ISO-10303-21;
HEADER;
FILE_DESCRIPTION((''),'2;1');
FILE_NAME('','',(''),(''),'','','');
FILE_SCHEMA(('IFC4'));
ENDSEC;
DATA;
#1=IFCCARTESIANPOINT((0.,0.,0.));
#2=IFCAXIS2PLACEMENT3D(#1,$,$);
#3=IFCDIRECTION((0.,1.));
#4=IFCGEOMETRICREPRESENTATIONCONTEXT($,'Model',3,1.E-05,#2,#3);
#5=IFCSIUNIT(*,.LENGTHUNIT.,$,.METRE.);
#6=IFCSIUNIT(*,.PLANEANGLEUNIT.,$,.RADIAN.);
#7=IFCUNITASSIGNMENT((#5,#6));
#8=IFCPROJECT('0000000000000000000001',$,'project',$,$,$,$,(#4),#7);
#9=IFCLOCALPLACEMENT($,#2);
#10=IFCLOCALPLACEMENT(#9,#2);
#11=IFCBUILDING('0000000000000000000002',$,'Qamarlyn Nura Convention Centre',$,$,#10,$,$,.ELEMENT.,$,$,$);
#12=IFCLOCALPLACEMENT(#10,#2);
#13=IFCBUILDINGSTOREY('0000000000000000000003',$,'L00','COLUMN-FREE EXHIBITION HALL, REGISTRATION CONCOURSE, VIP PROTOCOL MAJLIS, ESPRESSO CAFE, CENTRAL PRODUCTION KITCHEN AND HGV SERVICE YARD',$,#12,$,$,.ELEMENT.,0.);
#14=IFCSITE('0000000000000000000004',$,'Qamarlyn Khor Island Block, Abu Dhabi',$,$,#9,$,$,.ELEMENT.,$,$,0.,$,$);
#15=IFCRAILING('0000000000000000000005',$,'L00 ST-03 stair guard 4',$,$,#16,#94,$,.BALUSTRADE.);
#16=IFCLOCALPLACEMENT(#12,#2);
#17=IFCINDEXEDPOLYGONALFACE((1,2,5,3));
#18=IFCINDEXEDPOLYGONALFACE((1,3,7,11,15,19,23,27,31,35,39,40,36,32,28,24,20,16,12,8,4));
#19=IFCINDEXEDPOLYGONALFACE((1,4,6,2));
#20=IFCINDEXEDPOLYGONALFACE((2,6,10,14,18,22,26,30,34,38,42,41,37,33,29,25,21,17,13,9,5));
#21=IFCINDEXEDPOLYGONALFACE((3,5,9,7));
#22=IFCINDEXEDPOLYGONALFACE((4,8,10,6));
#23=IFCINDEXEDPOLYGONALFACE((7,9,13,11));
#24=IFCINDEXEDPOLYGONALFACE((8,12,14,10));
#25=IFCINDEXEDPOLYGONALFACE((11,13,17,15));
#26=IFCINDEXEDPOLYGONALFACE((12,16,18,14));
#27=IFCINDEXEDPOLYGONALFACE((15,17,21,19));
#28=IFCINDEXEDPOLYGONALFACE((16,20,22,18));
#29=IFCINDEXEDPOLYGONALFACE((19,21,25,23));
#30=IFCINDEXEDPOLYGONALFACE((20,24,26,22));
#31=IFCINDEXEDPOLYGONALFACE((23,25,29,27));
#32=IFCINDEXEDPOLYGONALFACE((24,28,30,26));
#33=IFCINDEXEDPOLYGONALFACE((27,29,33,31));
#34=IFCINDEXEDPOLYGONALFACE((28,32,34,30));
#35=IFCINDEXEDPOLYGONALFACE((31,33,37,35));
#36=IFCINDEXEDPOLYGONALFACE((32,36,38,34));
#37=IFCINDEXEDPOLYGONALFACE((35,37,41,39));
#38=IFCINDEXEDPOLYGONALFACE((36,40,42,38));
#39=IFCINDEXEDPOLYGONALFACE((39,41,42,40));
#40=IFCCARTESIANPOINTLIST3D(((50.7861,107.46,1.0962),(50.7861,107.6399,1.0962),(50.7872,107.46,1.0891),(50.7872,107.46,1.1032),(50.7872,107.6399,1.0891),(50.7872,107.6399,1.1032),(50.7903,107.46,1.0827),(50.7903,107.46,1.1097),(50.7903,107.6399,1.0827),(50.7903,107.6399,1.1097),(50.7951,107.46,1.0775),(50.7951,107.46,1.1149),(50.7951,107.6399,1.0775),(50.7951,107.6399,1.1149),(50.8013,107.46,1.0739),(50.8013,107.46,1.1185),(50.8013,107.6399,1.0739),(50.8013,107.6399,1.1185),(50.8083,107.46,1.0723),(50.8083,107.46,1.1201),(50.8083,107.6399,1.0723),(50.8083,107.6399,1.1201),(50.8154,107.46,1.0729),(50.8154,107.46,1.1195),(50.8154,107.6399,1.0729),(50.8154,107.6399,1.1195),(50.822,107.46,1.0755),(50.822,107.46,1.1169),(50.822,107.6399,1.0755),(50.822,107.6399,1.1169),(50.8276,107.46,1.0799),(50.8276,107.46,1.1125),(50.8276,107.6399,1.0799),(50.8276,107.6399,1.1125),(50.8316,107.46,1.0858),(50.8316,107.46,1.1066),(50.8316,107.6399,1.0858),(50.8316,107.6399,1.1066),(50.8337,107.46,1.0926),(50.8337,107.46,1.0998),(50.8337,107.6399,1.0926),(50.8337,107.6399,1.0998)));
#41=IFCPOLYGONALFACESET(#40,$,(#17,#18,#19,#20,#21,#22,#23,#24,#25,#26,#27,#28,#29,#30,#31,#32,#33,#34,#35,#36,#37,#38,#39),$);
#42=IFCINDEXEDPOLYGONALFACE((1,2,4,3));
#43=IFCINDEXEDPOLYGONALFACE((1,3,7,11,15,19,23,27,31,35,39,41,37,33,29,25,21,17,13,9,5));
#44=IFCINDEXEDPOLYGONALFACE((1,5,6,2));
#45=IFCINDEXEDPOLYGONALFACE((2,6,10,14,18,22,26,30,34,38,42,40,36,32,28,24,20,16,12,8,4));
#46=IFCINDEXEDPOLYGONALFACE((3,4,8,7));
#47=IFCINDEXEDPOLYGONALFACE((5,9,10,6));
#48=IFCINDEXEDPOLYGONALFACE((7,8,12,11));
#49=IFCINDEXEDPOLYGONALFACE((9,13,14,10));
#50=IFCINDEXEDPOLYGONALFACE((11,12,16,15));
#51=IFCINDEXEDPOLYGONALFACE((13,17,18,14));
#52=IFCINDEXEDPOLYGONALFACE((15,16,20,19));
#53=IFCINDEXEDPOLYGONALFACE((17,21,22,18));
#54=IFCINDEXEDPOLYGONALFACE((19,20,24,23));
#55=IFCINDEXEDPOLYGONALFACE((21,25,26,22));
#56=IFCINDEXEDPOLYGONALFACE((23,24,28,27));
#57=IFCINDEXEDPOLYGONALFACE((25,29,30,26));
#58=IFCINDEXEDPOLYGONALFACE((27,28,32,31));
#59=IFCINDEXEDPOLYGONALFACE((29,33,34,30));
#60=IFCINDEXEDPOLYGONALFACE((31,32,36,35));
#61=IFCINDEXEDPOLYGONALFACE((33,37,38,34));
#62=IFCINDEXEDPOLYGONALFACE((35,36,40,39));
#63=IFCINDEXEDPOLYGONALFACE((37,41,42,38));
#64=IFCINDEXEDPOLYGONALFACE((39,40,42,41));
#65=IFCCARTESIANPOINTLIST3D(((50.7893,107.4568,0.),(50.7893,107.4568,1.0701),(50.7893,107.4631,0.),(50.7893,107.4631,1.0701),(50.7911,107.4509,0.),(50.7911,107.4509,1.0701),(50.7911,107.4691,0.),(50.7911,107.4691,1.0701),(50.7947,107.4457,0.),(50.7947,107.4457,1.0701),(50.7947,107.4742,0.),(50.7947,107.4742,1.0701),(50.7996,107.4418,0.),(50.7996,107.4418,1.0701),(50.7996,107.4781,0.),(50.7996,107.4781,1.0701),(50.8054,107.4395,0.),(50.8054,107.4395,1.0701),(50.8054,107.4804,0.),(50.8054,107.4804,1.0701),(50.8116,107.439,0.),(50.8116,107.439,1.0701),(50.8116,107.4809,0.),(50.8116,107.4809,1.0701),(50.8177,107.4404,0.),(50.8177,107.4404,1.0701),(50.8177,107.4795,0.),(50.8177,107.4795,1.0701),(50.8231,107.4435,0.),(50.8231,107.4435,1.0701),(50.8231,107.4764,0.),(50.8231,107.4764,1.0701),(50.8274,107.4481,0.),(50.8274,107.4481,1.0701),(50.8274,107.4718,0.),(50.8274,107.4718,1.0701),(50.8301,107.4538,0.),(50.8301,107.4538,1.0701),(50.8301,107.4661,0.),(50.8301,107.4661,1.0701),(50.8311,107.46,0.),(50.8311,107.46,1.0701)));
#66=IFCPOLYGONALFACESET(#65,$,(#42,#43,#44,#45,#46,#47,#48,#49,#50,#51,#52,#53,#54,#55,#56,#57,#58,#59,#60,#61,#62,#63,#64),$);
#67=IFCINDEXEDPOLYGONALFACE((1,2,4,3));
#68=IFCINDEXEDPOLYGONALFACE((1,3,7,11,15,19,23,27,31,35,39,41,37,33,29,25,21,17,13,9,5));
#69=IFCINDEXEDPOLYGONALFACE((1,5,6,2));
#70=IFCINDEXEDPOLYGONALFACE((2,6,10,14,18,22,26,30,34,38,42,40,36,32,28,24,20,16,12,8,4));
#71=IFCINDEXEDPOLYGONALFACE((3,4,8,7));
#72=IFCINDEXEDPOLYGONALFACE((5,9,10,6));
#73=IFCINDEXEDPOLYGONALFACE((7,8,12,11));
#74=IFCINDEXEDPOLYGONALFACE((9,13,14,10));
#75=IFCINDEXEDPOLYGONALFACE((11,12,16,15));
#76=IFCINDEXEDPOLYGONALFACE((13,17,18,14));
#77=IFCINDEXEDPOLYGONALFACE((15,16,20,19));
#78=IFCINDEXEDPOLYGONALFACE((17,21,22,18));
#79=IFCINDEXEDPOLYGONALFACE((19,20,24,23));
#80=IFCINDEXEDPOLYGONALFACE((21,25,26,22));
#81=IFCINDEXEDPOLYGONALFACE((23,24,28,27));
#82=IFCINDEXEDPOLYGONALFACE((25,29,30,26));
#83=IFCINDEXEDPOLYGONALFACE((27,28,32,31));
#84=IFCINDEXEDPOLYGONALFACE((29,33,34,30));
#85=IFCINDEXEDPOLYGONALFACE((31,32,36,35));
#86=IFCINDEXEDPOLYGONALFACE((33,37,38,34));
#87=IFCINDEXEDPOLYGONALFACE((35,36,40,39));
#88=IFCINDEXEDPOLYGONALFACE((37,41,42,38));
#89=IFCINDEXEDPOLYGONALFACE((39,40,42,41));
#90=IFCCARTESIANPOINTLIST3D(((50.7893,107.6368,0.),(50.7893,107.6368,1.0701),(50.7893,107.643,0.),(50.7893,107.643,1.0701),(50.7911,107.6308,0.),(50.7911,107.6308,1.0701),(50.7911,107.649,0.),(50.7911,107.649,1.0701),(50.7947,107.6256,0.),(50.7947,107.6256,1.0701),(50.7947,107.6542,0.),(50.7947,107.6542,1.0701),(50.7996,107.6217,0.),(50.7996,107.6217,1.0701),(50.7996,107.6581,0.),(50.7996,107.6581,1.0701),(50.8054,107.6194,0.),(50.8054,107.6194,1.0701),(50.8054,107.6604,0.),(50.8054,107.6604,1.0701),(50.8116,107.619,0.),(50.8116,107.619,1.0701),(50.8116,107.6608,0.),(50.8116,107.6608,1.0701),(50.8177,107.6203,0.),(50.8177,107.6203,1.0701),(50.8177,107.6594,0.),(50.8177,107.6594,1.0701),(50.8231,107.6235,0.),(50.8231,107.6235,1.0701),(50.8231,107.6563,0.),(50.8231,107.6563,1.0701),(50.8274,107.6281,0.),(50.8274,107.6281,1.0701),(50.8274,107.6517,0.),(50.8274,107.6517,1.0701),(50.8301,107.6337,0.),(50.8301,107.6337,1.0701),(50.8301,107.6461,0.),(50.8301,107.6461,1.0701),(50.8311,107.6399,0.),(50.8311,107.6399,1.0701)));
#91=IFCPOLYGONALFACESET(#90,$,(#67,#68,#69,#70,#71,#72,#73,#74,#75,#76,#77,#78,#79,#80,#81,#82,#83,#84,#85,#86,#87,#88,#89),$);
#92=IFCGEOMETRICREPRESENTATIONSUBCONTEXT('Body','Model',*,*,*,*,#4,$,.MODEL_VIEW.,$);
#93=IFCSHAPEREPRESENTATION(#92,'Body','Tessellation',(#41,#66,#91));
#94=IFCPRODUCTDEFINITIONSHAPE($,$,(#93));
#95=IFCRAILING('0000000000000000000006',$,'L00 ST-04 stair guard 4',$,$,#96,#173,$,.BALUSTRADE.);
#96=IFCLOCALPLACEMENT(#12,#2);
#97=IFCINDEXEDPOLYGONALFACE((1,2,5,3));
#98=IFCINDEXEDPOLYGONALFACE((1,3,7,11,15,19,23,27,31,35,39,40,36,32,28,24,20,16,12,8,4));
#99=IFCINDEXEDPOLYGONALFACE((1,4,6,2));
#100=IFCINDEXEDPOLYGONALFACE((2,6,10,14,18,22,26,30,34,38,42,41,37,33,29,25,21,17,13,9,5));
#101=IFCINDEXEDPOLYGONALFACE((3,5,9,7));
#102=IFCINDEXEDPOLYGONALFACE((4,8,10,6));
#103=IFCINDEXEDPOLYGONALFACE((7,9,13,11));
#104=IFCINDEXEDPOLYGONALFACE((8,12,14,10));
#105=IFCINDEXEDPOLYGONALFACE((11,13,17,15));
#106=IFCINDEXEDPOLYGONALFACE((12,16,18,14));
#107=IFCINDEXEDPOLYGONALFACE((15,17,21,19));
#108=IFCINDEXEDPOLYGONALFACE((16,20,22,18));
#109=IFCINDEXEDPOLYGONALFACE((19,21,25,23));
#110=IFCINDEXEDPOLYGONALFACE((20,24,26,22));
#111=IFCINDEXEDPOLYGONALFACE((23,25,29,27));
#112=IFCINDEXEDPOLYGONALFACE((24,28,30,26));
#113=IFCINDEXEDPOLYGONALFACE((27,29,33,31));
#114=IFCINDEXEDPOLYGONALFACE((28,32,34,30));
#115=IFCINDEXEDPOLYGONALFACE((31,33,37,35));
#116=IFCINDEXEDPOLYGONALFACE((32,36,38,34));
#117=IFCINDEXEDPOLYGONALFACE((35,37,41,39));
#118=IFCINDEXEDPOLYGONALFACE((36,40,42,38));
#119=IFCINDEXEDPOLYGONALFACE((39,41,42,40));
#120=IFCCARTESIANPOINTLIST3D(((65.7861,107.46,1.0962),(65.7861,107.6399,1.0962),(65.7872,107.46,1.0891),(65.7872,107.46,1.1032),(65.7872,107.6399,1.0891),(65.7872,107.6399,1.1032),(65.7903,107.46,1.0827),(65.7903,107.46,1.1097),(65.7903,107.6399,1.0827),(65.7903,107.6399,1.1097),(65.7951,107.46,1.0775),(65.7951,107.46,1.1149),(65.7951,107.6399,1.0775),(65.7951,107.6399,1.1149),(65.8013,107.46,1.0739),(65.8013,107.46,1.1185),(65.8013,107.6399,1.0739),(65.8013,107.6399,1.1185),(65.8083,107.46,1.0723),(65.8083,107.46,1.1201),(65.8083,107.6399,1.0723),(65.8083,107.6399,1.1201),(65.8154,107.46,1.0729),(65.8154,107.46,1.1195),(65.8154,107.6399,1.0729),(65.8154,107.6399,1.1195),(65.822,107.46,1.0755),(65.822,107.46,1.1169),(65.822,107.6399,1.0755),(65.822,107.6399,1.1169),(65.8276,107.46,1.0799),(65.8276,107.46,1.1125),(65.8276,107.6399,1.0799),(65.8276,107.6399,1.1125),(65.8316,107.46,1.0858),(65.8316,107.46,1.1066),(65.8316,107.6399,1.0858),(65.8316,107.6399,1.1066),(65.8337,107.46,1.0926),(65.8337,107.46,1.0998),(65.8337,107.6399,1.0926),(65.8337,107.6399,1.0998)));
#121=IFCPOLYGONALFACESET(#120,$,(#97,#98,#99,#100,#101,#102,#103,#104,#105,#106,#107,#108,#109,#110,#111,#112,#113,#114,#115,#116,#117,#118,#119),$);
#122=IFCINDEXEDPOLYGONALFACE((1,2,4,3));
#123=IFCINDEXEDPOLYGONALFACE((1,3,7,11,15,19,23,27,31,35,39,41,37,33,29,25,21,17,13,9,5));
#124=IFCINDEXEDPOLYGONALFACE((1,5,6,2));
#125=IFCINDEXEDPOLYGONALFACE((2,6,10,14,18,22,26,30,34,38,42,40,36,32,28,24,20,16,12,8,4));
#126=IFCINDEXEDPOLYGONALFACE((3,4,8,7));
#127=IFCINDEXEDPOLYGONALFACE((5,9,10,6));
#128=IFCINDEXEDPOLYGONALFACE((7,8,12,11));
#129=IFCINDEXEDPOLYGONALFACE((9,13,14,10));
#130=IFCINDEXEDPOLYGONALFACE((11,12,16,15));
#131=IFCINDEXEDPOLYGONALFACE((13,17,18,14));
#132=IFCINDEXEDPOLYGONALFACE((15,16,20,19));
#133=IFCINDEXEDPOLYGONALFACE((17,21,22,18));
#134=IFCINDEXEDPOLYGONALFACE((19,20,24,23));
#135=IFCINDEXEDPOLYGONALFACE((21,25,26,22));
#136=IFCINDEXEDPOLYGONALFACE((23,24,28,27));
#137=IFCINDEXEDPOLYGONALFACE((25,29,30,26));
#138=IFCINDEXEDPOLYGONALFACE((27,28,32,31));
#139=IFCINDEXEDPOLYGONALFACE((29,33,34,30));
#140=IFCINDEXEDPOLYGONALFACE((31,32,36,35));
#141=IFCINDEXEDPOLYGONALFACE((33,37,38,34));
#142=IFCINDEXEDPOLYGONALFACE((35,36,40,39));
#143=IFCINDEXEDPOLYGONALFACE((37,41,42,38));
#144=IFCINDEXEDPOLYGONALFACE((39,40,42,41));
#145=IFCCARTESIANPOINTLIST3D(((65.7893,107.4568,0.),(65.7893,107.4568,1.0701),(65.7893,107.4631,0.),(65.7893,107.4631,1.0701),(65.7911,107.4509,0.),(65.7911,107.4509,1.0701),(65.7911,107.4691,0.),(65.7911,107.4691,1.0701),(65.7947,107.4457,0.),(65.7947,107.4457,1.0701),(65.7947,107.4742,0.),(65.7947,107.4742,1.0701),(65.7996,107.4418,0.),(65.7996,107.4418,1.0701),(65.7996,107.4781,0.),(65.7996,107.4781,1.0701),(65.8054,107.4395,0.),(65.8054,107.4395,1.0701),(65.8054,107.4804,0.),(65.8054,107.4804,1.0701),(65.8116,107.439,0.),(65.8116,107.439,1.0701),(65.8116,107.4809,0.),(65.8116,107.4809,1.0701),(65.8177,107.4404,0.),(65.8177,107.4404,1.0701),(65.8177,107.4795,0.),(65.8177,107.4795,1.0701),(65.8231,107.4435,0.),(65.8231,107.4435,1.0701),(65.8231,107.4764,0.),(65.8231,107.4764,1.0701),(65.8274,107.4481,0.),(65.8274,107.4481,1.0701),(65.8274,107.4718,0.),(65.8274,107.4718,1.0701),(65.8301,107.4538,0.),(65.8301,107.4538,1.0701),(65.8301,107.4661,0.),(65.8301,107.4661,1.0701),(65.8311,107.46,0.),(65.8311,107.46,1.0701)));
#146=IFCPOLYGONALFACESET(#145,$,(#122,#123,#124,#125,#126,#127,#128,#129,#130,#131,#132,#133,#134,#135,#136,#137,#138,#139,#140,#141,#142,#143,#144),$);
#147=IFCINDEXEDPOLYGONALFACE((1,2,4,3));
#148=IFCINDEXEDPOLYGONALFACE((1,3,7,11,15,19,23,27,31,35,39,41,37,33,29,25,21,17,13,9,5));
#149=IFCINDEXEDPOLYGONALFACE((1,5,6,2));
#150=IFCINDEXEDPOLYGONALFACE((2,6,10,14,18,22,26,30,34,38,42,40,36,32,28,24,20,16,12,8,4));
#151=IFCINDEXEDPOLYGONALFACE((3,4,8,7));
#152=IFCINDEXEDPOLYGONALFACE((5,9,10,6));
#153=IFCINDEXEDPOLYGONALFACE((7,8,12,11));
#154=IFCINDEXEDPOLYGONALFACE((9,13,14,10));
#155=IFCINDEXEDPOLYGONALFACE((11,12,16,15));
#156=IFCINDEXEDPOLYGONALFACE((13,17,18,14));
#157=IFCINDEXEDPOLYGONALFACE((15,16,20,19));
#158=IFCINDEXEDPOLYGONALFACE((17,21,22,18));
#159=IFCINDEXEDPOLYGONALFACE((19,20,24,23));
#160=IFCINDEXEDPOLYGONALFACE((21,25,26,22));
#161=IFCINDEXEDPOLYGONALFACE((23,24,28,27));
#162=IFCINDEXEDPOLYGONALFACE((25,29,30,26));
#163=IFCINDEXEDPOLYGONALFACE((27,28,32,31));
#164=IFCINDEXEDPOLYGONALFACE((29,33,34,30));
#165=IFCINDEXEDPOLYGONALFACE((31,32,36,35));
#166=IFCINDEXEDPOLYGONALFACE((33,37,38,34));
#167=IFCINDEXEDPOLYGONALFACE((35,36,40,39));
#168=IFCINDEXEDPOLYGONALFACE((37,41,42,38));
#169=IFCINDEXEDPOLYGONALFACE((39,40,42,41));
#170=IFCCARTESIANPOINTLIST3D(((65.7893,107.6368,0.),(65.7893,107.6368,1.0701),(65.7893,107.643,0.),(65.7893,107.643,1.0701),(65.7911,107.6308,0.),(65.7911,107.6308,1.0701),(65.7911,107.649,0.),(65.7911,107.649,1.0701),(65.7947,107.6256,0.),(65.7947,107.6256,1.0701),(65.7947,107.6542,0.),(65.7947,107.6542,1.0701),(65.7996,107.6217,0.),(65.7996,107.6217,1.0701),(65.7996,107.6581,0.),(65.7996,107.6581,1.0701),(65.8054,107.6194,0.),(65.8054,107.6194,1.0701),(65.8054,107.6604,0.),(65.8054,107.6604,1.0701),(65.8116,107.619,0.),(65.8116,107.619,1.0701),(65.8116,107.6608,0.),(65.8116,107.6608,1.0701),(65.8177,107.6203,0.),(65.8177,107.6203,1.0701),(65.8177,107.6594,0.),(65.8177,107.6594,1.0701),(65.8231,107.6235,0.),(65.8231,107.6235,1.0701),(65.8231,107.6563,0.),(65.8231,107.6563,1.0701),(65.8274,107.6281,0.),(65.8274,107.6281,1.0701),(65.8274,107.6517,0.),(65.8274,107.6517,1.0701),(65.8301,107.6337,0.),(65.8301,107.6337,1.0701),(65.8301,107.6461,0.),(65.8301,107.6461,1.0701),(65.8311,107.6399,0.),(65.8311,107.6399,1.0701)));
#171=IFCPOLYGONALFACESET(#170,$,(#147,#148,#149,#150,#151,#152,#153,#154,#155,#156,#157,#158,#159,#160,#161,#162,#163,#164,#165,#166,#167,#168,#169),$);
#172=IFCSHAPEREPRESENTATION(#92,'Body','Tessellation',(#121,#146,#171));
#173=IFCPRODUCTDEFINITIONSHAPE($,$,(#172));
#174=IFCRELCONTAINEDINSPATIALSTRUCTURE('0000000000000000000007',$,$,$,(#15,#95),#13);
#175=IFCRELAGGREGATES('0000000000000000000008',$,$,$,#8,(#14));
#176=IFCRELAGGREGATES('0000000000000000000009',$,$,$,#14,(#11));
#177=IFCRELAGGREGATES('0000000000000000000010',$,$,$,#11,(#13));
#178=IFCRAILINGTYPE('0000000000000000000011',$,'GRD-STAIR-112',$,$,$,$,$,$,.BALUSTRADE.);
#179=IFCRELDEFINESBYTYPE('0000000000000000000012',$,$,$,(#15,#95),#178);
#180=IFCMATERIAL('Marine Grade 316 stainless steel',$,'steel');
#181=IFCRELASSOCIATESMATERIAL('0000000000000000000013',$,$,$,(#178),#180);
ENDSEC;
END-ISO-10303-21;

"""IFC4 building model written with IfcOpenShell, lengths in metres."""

from ifc_helpers import new_model, si_unit, direction, frame, origin, origin_2d, place, context, subcontext, project, spatial, circle, extrude, material, type_object, element, save


model = new_model("IFC4")

# Units and contexts
model_context = context("Model", 3, precision=1e-05, world=origin(), true_north=direction((0.0, 1.0)))
body_context = subcontext(model_context, "Body", "Model", "MODEL_VIEW")
ifc_project = project(units=[si_unit("LENGTHUNIT", "METRE"), si_unit("PLANEANGLEUNIT", "RADIAN")], contexts=[model_context])

# Site, building, storey
site_placement = place(None, origin())
site = spatial("IfcSite", under=ifc_project, at=site_placement, Name="Qamarlyn Khor Island Block, Abu Dhabi", CompositionType="ELEMENT", RefElevation=0.0)
building_placement = place(site_placement, origin())
building = spatial("IfcBuilding", under=site, at=building_placement, Name="Qamarlyn Nura Convention Centre", CompositionType="ELEMENT")
storey_placement = place(building_placement, origin())
storey = spatial("IfcBuildingStorey", under=building, at=storey_placement, Name="L00", Description="COLUMN-FREE EXHIBITION HALL, REGISTRATION CONCOURSE, VIP PROTOCOL MAJLIS, ESPRESSO CAFE, CENTRAL PRODUCTION KITCHEN AND HGV SERVICE YARD", CompositionType="ELEMENT", Elevation=0.0)

# Railings
ifc_material_1 = material(Name="Marine Grade 316 stainless steel", Category="steel")
railing_type_1 = type_object("IfcRailingType", Name="GRD-STAIR-112", PredefinedType="BALUSTRADE", material=ifc_material_1)
for number, where, name in (
    (1, (50.8101, 107.46, 0.0), "L00 ST-03 stair guard 4"),
    (2, (65.8101, 107.46, 0.0), "L00 ST-04 stair guard 4"),
):
    element("IfcRailing", number, at=place(storey_placement, frame(where)), inside=storey, type_object=railing_type_1, Name=name, PredefinedType="BALUSTRADE", context=body_context, shape_type="SweptSolid", body=[
        extrude(circle(Radius=0.0239, at=origin_2d()), frame((0.0, 0.0, 1.0962), z_axis=(0.0, 1.0, 0.0), x_axis=(-1.0, 0.0, 0.0)), (0.0, 0.0, 1.0), 0.1799),
        extrude(circle(Radius=0.021, at=origin_2d()), origin(), (0.0, 0.0, 1.0), 1.0701),
        extrude(circle(Radius=0.021, at=origin_2d()), frame((0.0, 0.1799, 0.0)), (0.0, 0.0, 1.0), 1.0701),
    ])

save(model, "model.ifc")
